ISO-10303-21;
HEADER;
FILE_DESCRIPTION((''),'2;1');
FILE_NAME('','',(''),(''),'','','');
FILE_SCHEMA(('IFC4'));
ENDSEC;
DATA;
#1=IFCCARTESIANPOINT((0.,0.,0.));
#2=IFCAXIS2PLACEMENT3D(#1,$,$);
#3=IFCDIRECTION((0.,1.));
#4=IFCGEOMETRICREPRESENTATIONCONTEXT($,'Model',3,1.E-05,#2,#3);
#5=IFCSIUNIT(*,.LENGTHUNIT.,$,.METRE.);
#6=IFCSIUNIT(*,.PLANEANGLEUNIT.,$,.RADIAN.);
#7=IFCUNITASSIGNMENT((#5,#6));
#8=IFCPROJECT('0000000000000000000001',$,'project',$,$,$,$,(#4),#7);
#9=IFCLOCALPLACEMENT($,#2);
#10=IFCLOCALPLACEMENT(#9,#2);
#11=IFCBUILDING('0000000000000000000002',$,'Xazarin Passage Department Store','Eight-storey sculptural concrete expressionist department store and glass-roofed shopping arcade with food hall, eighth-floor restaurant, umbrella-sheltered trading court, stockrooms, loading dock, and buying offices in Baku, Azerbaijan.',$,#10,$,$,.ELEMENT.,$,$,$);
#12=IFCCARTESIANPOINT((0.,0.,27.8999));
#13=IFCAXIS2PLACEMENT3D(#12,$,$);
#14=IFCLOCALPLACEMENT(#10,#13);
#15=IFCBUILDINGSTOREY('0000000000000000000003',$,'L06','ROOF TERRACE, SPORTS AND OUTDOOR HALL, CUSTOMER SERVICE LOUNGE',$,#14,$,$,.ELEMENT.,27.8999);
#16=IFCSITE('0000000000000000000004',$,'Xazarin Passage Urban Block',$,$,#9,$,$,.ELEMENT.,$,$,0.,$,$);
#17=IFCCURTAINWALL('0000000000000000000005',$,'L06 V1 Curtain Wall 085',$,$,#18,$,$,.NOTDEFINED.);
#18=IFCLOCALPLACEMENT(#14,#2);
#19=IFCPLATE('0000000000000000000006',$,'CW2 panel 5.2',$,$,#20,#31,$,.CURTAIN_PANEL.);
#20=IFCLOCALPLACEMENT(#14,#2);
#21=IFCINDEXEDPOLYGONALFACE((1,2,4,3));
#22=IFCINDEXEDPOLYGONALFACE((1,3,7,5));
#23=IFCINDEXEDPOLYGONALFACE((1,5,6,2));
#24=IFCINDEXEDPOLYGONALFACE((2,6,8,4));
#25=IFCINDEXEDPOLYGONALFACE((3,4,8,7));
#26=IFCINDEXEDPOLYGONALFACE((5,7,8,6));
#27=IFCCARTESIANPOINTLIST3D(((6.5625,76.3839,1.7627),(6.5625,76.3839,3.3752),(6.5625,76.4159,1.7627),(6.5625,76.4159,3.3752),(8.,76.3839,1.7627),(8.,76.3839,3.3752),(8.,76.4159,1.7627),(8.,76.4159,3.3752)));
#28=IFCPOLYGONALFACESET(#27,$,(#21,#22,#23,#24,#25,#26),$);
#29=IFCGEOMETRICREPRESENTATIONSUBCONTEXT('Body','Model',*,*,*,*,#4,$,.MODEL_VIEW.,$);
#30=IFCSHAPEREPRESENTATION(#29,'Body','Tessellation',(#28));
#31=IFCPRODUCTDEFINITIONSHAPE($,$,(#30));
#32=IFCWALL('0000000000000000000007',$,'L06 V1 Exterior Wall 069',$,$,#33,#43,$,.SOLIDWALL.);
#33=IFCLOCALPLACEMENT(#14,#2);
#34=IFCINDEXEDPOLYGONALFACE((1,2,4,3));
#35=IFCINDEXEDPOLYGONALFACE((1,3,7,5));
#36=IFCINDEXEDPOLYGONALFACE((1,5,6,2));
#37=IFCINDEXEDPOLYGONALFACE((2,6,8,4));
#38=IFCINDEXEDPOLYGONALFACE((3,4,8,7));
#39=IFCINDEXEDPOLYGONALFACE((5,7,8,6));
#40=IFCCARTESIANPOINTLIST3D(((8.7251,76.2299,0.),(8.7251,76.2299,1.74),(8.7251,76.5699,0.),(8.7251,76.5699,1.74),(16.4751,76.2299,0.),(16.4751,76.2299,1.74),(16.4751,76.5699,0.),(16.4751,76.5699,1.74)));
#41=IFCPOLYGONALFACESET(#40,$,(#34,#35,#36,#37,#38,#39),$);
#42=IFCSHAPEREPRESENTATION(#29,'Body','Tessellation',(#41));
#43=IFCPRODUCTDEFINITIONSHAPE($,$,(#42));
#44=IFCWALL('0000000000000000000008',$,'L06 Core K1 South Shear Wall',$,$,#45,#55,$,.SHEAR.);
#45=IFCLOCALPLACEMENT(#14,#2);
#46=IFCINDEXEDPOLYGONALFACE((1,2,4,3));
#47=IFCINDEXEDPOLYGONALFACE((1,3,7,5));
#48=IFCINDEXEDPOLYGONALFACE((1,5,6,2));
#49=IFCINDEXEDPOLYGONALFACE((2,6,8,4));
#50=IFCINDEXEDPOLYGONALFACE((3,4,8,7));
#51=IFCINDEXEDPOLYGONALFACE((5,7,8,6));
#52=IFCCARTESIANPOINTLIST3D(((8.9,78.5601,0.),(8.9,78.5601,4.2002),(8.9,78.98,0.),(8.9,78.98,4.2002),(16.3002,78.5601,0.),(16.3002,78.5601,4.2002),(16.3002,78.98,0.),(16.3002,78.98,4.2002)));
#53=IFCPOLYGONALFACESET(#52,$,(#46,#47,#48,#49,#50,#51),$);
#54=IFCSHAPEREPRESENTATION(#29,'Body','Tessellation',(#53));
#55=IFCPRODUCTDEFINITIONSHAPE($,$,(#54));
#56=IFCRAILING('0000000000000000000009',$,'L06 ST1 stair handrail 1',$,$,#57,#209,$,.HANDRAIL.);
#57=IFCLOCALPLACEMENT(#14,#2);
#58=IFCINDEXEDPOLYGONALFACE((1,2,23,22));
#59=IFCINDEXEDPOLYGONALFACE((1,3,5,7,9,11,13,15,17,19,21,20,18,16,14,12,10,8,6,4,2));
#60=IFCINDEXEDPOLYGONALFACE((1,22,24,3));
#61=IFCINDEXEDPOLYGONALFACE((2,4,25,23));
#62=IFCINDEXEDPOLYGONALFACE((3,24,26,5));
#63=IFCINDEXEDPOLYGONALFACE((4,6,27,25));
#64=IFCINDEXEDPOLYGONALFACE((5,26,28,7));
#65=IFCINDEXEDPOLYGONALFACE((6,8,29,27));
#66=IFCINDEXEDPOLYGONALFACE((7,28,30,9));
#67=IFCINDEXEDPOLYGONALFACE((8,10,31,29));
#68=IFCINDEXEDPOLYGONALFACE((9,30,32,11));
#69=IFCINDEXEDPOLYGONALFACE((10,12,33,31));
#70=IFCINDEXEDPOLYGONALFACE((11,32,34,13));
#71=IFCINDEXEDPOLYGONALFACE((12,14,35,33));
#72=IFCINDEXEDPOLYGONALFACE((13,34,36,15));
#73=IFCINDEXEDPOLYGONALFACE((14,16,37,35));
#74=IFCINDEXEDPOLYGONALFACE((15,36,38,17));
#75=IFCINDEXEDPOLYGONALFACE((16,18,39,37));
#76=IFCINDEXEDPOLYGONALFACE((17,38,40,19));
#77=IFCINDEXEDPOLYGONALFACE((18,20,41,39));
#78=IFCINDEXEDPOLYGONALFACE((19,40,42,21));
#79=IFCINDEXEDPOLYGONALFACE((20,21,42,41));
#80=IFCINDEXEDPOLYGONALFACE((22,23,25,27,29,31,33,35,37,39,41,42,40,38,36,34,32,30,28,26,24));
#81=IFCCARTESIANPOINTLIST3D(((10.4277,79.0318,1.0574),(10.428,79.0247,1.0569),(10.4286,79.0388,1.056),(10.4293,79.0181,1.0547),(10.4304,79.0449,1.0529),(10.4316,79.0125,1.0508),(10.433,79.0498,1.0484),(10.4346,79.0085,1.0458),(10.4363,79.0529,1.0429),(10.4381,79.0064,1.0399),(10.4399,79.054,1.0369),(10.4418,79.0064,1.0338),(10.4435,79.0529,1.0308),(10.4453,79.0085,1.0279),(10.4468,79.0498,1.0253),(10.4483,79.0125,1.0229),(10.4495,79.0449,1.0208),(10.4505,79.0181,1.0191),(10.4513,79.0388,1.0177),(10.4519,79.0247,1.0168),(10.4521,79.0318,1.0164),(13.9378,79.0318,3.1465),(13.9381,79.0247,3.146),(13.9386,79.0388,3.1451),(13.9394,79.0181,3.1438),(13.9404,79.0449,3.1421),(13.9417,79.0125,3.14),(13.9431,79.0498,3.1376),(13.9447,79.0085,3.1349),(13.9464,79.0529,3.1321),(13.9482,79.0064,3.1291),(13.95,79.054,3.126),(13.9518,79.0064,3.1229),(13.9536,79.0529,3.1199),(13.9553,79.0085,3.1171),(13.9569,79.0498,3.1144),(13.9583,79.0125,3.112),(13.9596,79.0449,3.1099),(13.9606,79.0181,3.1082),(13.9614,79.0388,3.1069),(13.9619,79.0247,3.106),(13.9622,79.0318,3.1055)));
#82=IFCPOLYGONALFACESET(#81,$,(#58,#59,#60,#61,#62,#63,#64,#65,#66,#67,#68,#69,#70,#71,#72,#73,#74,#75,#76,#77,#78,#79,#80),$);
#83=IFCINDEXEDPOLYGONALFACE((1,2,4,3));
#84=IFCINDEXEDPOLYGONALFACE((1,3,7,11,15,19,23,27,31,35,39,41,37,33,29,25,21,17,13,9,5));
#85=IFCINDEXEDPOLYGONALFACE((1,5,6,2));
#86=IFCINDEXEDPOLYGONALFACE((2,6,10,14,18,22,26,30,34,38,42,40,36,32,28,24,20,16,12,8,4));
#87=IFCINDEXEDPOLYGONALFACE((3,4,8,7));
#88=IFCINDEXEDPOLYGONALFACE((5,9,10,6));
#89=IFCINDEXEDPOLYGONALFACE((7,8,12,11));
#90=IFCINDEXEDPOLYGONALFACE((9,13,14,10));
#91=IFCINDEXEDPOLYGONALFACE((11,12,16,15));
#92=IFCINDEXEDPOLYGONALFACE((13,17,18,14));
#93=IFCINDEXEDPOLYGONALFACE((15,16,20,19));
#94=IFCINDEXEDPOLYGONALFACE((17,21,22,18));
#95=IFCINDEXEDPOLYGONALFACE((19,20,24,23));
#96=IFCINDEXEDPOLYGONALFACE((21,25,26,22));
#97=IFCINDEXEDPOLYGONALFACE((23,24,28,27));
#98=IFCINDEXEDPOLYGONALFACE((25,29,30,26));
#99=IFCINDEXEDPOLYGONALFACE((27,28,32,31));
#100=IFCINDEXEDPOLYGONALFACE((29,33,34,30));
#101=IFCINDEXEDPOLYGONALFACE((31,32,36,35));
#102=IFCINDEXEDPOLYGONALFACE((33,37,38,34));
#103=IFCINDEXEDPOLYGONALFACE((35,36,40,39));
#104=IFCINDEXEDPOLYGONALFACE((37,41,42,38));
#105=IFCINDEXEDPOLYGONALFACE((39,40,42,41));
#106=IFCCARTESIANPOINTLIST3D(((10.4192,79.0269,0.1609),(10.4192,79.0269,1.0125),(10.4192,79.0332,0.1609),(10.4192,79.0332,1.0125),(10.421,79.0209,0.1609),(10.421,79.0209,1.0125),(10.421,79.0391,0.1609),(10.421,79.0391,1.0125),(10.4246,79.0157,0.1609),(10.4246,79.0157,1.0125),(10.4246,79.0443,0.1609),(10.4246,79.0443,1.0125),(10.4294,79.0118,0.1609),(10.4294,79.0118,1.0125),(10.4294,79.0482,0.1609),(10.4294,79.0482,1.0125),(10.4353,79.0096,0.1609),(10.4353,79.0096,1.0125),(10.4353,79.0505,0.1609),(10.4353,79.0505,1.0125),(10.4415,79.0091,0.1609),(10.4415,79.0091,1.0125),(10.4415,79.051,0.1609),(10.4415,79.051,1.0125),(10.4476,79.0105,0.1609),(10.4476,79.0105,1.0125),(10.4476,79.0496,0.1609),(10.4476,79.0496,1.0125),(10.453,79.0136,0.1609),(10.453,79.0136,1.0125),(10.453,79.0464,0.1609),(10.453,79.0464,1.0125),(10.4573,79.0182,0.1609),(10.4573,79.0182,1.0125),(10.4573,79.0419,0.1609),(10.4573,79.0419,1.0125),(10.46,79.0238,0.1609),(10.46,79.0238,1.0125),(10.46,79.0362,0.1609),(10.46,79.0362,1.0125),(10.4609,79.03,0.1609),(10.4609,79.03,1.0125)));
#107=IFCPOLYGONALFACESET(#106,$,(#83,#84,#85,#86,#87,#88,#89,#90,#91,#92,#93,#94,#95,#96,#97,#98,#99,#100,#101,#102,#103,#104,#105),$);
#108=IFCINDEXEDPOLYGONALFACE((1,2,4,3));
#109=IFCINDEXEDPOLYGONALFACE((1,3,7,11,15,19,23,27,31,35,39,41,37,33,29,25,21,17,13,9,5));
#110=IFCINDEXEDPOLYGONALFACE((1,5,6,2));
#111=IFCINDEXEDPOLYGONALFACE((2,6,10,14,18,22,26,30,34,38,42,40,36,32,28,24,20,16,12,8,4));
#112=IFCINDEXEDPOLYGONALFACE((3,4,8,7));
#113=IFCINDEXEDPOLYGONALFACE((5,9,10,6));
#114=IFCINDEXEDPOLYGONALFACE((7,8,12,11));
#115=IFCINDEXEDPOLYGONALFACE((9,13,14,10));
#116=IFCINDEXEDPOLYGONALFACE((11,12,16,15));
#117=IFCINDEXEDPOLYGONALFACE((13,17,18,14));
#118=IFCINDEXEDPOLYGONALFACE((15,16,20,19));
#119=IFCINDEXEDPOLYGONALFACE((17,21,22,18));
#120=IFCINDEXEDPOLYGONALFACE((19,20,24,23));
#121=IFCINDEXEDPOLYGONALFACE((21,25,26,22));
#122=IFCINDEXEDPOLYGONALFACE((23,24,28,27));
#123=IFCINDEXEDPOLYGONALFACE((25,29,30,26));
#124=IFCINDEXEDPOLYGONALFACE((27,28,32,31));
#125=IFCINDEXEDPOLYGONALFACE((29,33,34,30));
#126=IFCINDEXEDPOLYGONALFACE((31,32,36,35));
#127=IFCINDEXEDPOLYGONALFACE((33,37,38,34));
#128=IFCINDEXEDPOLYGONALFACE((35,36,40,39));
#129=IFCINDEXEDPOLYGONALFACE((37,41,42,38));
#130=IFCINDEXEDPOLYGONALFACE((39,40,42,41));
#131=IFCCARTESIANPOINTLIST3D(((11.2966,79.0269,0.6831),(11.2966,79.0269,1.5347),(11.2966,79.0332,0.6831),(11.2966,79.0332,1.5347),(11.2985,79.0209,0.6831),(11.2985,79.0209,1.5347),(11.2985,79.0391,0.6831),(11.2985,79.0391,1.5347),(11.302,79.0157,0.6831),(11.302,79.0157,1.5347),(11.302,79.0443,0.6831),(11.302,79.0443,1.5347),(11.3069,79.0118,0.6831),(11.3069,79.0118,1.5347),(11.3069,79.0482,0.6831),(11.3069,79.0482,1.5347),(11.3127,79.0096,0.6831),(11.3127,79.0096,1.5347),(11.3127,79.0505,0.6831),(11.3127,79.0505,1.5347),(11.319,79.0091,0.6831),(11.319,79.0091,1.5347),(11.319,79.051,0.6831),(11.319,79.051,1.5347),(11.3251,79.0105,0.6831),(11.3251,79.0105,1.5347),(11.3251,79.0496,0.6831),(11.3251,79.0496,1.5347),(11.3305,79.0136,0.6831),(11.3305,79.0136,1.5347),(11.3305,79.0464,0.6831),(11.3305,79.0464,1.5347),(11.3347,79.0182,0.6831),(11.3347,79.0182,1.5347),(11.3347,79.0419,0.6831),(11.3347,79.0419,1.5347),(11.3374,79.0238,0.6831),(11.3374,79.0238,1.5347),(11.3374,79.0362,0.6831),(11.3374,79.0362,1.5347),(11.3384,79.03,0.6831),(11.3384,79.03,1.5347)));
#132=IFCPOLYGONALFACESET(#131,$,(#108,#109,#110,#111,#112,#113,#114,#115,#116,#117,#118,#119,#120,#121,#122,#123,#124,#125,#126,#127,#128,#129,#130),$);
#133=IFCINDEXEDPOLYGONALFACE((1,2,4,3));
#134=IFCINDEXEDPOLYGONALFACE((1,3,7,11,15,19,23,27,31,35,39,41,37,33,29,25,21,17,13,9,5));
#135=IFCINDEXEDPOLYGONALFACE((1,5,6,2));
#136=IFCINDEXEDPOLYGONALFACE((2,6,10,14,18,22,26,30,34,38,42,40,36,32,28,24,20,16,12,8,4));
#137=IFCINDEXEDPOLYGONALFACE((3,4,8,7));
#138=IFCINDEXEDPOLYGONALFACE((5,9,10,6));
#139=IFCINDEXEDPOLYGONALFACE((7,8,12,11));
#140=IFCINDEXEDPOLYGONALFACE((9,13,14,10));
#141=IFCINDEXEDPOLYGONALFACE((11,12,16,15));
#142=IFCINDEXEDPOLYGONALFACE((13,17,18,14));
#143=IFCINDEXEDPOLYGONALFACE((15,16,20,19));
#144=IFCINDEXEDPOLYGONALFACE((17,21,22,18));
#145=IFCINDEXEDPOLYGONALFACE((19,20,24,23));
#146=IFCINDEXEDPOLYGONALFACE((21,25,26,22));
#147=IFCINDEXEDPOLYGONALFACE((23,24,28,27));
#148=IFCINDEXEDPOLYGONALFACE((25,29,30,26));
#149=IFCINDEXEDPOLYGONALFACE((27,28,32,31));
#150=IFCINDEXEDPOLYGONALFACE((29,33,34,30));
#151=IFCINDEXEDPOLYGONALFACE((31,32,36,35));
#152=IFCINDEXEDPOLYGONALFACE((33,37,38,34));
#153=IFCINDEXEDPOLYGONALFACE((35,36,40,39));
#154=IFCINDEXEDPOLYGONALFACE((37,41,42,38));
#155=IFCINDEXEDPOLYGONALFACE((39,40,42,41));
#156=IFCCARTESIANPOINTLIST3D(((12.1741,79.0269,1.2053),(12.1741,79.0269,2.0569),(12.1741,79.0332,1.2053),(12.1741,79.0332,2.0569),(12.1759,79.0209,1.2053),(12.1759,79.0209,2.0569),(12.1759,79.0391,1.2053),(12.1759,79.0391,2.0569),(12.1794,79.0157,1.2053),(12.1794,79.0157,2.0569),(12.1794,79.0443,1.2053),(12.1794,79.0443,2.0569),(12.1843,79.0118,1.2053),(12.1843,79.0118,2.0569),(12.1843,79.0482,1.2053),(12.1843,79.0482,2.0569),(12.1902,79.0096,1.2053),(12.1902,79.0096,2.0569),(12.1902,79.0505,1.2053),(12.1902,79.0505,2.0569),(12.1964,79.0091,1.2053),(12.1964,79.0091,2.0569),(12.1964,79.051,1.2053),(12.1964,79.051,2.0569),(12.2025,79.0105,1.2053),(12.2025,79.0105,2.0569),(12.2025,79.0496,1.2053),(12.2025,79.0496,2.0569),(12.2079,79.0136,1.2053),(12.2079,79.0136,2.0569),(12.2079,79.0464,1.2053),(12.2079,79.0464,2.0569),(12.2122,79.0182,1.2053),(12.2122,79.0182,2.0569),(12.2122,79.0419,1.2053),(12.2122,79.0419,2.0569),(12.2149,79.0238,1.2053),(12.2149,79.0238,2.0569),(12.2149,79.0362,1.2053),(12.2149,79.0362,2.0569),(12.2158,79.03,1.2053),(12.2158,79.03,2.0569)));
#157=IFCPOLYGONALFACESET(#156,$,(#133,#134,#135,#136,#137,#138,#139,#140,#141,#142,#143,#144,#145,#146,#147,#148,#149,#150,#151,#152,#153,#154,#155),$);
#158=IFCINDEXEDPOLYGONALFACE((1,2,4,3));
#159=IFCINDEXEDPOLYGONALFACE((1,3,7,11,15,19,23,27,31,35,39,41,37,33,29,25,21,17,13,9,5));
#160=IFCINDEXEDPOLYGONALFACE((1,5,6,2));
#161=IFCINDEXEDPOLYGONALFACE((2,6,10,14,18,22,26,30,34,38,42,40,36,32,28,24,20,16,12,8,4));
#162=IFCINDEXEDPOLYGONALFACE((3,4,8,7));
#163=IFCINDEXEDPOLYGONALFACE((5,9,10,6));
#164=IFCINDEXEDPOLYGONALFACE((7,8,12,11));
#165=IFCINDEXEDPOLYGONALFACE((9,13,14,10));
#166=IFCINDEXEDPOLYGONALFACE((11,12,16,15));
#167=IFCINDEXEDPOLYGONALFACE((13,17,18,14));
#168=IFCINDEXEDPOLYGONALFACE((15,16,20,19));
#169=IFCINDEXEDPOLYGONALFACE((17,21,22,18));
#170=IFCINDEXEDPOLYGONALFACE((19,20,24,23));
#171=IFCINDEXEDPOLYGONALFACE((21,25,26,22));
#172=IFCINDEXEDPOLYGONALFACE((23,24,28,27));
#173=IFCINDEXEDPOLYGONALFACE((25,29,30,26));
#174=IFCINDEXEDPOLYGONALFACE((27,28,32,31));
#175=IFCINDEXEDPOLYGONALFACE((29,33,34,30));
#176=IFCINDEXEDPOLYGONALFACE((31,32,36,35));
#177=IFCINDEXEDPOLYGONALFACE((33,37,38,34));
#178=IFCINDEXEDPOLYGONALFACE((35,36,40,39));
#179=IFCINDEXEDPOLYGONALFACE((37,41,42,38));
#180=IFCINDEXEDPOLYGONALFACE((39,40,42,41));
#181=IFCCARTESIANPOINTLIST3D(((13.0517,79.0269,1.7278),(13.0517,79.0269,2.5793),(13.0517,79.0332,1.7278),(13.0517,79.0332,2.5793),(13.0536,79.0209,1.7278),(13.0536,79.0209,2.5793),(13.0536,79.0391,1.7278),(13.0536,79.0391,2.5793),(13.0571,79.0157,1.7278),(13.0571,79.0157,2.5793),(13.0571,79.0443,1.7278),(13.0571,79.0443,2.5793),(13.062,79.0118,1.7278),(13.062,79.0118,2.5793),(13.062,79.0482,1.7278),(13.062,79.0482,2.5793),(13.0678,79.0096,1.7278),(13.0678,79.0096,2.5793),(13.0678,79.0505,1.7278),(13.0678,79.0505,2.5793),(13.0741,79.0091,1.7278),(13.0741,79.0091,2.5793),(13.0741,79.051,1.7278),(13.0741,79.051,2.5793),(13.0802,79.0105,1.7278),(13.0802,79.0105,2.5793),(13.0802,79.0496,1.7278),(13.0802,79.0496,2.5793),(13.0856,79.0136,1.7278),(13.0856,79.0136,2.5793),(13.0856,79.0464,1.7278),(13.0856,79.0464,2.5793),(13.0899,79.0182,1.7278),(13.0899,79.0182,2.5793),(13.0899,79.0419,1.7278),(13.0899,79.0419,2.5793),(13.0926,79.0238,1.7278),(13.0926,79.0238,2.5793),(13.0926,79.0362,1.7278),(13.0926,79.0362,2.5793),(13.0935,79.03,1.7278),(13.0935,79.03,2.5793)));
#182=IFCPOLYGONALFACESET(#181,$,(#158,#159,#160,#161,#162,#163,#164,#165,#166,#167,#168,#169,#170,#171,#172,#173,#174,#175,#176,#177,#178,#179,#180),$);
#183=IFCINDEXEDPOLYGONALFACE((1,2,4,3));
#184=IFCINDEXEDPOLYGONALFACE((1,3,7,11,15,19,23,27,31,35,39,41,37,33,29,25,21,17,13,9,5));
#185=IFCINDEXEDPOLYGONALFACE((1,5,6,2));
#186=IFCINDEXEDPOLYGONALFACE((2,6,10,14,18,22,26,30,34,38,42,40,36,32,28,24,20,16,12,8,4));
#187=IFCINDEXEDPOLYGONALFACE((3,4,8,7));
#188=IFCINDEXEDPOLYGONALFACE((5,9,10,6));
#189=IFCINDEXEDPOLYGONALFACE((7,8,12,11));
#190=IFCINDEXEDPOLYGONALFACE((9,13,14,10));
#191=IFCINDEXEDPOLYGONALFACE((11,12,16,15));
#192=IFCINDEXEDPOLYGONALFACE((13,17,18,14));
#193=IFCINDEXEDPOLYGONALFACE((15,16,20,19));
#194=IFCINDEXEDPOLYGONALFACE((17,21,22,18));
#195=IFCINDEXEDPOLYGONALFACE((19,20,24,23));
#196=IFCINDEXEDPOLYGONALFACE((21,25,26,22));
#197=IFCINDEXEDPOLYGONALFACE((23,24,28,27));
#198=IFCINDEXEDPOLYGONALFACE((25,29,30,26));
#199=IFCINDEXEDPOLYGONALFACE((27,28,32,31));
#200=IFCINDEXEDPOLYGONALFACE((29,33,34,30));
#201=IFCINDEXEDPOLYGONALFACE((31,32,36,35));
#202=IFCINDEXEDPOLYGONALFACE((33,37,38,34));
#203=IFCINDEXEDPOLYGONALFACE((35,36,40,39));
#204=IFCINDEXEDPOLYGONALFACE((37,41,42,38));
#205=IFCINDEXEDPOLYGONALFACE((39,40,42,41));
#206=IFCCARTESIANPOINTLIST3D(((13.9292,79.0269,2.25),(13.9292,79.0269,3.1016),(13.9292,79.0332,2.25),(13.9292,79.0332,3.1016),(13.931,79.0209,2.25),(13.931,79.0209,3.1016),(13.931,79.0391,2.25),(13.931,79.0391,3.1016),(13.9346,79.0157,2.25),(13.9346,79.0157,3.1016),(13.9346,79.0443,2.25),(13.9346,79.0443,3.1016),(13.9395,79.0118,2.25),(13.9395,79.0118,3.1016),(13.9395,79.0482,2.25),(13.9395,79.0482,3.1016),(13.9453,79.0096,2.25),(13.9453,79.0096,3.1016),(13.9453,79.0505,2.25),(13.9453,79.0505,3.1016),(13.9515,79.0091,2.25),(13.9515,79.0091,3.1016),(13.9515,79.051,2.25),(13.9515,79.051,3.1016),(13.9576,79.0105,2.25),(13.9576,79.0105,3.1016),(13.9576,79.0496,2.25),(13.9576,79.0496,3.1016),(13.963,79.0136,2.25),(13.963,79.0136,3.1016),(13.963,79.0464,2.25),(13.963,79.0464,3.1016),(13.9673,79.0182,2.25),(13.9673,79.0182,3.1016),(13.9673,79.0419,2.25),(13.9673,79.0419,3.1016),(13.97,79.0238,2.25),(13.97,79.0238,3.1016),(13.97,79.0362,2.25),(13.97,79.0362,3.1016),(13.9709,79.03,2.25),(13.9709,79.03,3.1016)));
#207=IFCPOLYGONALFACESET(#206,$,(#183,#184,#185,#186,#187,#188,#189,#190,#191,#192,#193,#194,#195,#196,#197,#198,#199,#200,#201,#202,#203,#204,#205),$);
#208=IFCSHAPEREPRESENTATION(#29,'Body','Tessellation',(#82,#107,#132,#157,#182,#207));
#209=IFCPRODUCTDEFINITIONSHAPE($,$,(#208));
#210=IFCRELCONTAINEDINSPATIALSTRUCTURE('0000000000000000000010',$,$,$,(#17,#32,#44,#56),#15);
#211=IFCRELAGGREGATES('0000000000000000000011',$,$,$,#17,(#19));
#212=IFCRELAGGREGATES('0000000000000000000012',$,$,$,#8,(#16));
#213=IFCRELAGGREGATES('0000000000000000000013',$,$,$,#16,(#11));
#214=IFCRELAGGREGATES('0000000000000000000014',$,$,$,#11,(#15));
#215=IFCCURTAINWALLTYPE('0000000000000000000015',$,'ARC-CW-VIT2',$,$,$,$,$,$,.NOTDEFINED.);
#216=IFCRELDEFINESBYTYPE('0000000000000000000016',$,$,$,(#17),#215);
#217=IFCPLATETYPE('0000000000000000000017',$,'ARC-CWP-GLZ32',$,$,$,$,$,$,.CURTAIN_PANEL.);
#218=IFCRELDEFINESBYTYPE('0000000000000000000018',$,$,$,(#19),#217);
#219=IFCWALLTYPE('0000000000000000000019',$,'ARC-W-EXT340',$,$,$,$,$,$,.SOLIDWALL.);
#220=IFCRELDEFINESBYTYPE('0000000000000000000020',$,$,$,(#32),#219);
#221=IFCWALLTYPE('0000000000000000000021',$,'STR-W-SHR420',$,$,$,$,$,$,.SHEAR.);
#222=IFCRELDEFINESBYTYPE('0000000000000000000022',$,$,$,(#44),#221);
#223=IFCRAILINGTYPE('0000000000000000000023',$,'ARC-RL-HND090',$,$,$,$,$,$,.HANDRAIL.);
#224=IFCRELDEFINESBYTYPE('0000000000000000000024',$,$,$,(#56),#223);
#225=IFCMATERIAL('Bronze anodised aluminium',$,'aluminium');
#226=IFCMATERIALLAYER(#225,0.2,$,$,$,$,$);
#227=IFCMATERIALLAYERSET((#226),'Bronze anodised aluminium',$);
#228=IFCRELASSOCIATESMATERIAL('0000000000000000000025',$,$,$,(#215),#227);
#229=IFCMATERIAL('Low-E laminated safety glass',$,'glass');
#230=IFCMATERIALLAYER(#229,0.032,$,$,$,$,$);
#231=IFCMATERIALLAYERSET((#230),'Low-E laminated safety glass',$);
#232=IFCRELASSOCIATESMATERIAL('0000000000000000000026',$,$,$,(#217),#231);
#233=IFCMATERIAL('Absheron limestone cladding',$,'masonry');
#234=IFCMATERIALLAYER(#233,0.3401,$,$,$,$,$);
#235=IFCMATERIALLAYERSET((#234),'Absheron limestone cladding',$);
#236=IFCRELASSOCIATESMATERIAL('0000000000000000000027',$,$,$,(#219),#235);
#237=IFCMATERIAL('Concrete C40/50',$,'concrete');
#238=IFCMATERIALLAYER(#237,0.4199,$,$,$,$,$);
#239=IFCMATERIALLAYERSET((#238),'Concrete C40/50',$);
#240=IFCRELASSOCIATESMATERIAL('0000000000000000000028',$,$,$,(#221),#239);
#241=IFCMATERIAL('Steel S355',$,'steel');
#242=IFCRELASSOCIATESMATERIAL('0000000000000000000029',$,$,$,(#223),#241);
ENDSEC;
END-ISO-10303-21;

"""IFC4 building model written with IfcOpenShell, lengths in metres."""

from ifc_helpers import new_model, si_unit, direction, frame, frame_2d, origin, origin_2d, place, context, subcontext, project, spatial, rectangle, circle, extrude, material, layer, layer_set, type_object, element, aggregate, save


model = new_model("IFC4")

# Units and contexts
model_context = context("Model", 3, precision=1e-05, world=origin(), true_north=direction((0.0, 1.0)))
body_context = subcontext(model_context, "Body", "Model", "MODEL_VIEW")
ifc_project = project(units=[si_unit("LENGTHUNIT", "METRE"), si_unit("PLANEANGLEUNIT", "RADIAN")], contexts=[model_context])

# Site, building, storey
site_placement = place(None, origin())
site = spatial("IfcSite", under=ifc_project, at=site_placement, Name="Xazarin Passage Urban Block", CompositionType="ELEMENT", RefElevation=0.0)
building_placement = place(site_placement, origin())
building = spatial("IfcBuilding", under=site, at=building_placement, Name="Xazarin Passage Department Store", Description="Eight-storey sculptural concrete expressionist department store and glass-roofed shopping arcade with food hall, eighth-floor restaurant, umbrella-sheltered trading court, stockrooms, loading dock, and buying offices in Baku, Azerbaijan.", CompositionType="ELEMENT")
storey_placement = place(building_placement, frame((0.0, 0.0, 27.8999)))
storey = spatial("IfcBuildingStorey", under=building, at=storey_placement, Name="L06", Description="ROOF TERRACE, SPORTS AND OUTDOOR HALL, CUSTOMER SERVICE LOUNGE", CompositionType="ELEMENT", Elevation=27.8999)

# Shared definitions
ifc_material_1 = material(Name="Concrete C40/50", Category="concrete")

# Curtain wall
ifc_material_2 = material(Name="Bronze anodised aluminium", Category="aluminium")
ifc_layer_1 = layer(ifc_material_2, 0.2)
ifc_layer_set_1 = layer_set([ifc_layer_1], Name="Bronze anodised aluminium")
curtain_wall_type = type_object("IfcCurtainWallType", Name="ARC-CW-VIT2", PredefinedType="NOTDEFINED", material=ifc_layer_set_1)
curtain_wall_placement = place(storey_placement, origin())
curtain_wall = element("IfcCurtainWall", 1, at=curtain_wall_placement, inside=storey, type_object=curtain_wall_type, Name="L06 V1 Curtain Wall 085", PredefinedType="NOTDEFINED")

# Shared definitions
ifc_material_3 = material(Name="Steel S355", Category="steel")

# Plate
ifc_material_4 = material(Name="Low-E laminated safety glass", Category="glass")
ifc_layer_2 = layer(ifc_material_4, 0.032)
ifc_layer_set_2 = layer_set([ifc_layer_2], Name="Low-E laminated safety glass")
plate_type = type_object("IfcPlateType", Name="ARC-CWP-GLZ32", PredefinedType="CURTAIN_PANEL", material=ifc_layer_set_2)
plate_1_placement = place(storey_placement, frame((7.2812, 76.3999, 1.7627), z_axis=(0.0, 0.0, 1.0), x_axis=(1.0, 0.0, 0.0)))
plate_1 = element("IfcPlate", 2, at=plate_1_placement, type_object=plate_type, Name="CW2 panel 5.2", PredefinedType="CURTAIN_PANEL", context=body_context, shape_type="SweptSolid", body=[
    extrude(rectangle(XDim=1.4375, YDim=0.032, at=origin_2d()), origin(), (0.0, 0.0, 1.0), 1.6125),
])
aggregate(curtain_wall, [plate_1])

# Walls
ifc_material_5 = material(Name="Absheron limestone cladding", Category="masonry")
ifc_layer_3 = layer(ifc_material_5, 0.3401)
ifc_layer_set_3 = layer_set([ifc_layer_3], Name="Absheron limestone cladding")
wall_type_1 = type_object("IfcWallType", Name="ARC-W-EXT340", PredefinedType="SOLIDWALL", material=ifc_layer_set_3)
wall_1_placement = place(storey_placement, frame((8.7251, 76.3999, 0.0), z_axis=(0.0, 0.0, 1.0), x_axis=(1.0, 0.0, 0.0)))
element("IfcWall", 3, at=wall_1_placement, inside=storey, type_object=wall_type_1, Name="L06 V1 Exterior Wall 069", PredefinedType="SOLIDWALL", context=body_context, shape_type="SweptSolid", body=[
    extrude(rectangle(XDim=7.75, YDim=0.3401, at=frame_2d((3.875, 0.0))), origin(), (0.0, 0.0, 1.0), 1.74),
])
ifc_layer_4 = layer(ifc_material_1, 0.4199)
ifc_layer_set_4 = layer_set([ifc_layer_4], Name="Concrete C40/50")
wall_type_2 = type_object("IfcWallType", Name="STR-W-SHR420", PredefinedType="SHEAR", material=ifc_layer_set_4)
wall_2_placement = place(storey_placement, frame((8.8999, 78.77, 0.0), z_axis=(0.0, 0.0, 1.0), x_axis=(1.0, 0.0, 0.0)))
element("IfcWall", 4, at=wall_2_placement, inside=storey, type_object=wall_type_2, Name="L06 Core K1 South Shear Wall", PredefinedType="SHEAR", context=body_context, shape_type="SweptSolid", body=[
    extrude(rectangle(XDim=7.4001, YDim=0.4199, at=frame_2d((3.7002, 0.0))), origin(), (0.0, 0.0, 1.0), 4.2002),
])

# Railing
railing_type = type_object("IfcRailingType", Name="ARC-RL-HND090", PredefinedType="HANDRAIL", material=ifc_material_3)
railing_placement = place(storey_placement, frame((10.4399, 79.03, 0.1609)))
element("IfcRailing", 5, at=railing_placement, inside=storey, type_object=railing_type, Name="L06 ST1 stair handrail 1", PredefinedType="HANDRAIL", context=body_context, shape_type="SweptSolid", body=[
    extrude(circle(Radius=0.0239, at=origin_2d()), frame((0.0, 0.0, 0.876), z_axis=(0.859312, 0.0, 0.511451), x_axis=(0.0, 1.0, 0.0)), (0.0, 0.0, 1.0), 4.0847),
    extrude(circle(Radius=0.021, at=origin_2d()), origin(), (0.0, 0.0, 1.0), 0.8516),
    extrude(circle(Radius=0.021, at=origin_2d()), frame((0.8774, 0.0, 0.5222)), (0.0, 0.0, 1.0), 0.8516),
    extrude(circle(Radius=0.021, at=origin_2d()), frame((1.7549, 0.0, 1.0444)), (0.0, 0.0, 1.0), 0.8516),
    extrude(circle(Radius=0.021, at=origin_2d()), frame((2.6326, 0.0, 1.5669)), (0.0, 0.0, 1.0), 0.8516),
    extrude(circle(Radius=0.021, at=origin_2d()), frame((3.51, 0.0, 2.0891)), (0.0, 0.0, 1.0), 0.8516),
])

save(model, "model.ifc")
